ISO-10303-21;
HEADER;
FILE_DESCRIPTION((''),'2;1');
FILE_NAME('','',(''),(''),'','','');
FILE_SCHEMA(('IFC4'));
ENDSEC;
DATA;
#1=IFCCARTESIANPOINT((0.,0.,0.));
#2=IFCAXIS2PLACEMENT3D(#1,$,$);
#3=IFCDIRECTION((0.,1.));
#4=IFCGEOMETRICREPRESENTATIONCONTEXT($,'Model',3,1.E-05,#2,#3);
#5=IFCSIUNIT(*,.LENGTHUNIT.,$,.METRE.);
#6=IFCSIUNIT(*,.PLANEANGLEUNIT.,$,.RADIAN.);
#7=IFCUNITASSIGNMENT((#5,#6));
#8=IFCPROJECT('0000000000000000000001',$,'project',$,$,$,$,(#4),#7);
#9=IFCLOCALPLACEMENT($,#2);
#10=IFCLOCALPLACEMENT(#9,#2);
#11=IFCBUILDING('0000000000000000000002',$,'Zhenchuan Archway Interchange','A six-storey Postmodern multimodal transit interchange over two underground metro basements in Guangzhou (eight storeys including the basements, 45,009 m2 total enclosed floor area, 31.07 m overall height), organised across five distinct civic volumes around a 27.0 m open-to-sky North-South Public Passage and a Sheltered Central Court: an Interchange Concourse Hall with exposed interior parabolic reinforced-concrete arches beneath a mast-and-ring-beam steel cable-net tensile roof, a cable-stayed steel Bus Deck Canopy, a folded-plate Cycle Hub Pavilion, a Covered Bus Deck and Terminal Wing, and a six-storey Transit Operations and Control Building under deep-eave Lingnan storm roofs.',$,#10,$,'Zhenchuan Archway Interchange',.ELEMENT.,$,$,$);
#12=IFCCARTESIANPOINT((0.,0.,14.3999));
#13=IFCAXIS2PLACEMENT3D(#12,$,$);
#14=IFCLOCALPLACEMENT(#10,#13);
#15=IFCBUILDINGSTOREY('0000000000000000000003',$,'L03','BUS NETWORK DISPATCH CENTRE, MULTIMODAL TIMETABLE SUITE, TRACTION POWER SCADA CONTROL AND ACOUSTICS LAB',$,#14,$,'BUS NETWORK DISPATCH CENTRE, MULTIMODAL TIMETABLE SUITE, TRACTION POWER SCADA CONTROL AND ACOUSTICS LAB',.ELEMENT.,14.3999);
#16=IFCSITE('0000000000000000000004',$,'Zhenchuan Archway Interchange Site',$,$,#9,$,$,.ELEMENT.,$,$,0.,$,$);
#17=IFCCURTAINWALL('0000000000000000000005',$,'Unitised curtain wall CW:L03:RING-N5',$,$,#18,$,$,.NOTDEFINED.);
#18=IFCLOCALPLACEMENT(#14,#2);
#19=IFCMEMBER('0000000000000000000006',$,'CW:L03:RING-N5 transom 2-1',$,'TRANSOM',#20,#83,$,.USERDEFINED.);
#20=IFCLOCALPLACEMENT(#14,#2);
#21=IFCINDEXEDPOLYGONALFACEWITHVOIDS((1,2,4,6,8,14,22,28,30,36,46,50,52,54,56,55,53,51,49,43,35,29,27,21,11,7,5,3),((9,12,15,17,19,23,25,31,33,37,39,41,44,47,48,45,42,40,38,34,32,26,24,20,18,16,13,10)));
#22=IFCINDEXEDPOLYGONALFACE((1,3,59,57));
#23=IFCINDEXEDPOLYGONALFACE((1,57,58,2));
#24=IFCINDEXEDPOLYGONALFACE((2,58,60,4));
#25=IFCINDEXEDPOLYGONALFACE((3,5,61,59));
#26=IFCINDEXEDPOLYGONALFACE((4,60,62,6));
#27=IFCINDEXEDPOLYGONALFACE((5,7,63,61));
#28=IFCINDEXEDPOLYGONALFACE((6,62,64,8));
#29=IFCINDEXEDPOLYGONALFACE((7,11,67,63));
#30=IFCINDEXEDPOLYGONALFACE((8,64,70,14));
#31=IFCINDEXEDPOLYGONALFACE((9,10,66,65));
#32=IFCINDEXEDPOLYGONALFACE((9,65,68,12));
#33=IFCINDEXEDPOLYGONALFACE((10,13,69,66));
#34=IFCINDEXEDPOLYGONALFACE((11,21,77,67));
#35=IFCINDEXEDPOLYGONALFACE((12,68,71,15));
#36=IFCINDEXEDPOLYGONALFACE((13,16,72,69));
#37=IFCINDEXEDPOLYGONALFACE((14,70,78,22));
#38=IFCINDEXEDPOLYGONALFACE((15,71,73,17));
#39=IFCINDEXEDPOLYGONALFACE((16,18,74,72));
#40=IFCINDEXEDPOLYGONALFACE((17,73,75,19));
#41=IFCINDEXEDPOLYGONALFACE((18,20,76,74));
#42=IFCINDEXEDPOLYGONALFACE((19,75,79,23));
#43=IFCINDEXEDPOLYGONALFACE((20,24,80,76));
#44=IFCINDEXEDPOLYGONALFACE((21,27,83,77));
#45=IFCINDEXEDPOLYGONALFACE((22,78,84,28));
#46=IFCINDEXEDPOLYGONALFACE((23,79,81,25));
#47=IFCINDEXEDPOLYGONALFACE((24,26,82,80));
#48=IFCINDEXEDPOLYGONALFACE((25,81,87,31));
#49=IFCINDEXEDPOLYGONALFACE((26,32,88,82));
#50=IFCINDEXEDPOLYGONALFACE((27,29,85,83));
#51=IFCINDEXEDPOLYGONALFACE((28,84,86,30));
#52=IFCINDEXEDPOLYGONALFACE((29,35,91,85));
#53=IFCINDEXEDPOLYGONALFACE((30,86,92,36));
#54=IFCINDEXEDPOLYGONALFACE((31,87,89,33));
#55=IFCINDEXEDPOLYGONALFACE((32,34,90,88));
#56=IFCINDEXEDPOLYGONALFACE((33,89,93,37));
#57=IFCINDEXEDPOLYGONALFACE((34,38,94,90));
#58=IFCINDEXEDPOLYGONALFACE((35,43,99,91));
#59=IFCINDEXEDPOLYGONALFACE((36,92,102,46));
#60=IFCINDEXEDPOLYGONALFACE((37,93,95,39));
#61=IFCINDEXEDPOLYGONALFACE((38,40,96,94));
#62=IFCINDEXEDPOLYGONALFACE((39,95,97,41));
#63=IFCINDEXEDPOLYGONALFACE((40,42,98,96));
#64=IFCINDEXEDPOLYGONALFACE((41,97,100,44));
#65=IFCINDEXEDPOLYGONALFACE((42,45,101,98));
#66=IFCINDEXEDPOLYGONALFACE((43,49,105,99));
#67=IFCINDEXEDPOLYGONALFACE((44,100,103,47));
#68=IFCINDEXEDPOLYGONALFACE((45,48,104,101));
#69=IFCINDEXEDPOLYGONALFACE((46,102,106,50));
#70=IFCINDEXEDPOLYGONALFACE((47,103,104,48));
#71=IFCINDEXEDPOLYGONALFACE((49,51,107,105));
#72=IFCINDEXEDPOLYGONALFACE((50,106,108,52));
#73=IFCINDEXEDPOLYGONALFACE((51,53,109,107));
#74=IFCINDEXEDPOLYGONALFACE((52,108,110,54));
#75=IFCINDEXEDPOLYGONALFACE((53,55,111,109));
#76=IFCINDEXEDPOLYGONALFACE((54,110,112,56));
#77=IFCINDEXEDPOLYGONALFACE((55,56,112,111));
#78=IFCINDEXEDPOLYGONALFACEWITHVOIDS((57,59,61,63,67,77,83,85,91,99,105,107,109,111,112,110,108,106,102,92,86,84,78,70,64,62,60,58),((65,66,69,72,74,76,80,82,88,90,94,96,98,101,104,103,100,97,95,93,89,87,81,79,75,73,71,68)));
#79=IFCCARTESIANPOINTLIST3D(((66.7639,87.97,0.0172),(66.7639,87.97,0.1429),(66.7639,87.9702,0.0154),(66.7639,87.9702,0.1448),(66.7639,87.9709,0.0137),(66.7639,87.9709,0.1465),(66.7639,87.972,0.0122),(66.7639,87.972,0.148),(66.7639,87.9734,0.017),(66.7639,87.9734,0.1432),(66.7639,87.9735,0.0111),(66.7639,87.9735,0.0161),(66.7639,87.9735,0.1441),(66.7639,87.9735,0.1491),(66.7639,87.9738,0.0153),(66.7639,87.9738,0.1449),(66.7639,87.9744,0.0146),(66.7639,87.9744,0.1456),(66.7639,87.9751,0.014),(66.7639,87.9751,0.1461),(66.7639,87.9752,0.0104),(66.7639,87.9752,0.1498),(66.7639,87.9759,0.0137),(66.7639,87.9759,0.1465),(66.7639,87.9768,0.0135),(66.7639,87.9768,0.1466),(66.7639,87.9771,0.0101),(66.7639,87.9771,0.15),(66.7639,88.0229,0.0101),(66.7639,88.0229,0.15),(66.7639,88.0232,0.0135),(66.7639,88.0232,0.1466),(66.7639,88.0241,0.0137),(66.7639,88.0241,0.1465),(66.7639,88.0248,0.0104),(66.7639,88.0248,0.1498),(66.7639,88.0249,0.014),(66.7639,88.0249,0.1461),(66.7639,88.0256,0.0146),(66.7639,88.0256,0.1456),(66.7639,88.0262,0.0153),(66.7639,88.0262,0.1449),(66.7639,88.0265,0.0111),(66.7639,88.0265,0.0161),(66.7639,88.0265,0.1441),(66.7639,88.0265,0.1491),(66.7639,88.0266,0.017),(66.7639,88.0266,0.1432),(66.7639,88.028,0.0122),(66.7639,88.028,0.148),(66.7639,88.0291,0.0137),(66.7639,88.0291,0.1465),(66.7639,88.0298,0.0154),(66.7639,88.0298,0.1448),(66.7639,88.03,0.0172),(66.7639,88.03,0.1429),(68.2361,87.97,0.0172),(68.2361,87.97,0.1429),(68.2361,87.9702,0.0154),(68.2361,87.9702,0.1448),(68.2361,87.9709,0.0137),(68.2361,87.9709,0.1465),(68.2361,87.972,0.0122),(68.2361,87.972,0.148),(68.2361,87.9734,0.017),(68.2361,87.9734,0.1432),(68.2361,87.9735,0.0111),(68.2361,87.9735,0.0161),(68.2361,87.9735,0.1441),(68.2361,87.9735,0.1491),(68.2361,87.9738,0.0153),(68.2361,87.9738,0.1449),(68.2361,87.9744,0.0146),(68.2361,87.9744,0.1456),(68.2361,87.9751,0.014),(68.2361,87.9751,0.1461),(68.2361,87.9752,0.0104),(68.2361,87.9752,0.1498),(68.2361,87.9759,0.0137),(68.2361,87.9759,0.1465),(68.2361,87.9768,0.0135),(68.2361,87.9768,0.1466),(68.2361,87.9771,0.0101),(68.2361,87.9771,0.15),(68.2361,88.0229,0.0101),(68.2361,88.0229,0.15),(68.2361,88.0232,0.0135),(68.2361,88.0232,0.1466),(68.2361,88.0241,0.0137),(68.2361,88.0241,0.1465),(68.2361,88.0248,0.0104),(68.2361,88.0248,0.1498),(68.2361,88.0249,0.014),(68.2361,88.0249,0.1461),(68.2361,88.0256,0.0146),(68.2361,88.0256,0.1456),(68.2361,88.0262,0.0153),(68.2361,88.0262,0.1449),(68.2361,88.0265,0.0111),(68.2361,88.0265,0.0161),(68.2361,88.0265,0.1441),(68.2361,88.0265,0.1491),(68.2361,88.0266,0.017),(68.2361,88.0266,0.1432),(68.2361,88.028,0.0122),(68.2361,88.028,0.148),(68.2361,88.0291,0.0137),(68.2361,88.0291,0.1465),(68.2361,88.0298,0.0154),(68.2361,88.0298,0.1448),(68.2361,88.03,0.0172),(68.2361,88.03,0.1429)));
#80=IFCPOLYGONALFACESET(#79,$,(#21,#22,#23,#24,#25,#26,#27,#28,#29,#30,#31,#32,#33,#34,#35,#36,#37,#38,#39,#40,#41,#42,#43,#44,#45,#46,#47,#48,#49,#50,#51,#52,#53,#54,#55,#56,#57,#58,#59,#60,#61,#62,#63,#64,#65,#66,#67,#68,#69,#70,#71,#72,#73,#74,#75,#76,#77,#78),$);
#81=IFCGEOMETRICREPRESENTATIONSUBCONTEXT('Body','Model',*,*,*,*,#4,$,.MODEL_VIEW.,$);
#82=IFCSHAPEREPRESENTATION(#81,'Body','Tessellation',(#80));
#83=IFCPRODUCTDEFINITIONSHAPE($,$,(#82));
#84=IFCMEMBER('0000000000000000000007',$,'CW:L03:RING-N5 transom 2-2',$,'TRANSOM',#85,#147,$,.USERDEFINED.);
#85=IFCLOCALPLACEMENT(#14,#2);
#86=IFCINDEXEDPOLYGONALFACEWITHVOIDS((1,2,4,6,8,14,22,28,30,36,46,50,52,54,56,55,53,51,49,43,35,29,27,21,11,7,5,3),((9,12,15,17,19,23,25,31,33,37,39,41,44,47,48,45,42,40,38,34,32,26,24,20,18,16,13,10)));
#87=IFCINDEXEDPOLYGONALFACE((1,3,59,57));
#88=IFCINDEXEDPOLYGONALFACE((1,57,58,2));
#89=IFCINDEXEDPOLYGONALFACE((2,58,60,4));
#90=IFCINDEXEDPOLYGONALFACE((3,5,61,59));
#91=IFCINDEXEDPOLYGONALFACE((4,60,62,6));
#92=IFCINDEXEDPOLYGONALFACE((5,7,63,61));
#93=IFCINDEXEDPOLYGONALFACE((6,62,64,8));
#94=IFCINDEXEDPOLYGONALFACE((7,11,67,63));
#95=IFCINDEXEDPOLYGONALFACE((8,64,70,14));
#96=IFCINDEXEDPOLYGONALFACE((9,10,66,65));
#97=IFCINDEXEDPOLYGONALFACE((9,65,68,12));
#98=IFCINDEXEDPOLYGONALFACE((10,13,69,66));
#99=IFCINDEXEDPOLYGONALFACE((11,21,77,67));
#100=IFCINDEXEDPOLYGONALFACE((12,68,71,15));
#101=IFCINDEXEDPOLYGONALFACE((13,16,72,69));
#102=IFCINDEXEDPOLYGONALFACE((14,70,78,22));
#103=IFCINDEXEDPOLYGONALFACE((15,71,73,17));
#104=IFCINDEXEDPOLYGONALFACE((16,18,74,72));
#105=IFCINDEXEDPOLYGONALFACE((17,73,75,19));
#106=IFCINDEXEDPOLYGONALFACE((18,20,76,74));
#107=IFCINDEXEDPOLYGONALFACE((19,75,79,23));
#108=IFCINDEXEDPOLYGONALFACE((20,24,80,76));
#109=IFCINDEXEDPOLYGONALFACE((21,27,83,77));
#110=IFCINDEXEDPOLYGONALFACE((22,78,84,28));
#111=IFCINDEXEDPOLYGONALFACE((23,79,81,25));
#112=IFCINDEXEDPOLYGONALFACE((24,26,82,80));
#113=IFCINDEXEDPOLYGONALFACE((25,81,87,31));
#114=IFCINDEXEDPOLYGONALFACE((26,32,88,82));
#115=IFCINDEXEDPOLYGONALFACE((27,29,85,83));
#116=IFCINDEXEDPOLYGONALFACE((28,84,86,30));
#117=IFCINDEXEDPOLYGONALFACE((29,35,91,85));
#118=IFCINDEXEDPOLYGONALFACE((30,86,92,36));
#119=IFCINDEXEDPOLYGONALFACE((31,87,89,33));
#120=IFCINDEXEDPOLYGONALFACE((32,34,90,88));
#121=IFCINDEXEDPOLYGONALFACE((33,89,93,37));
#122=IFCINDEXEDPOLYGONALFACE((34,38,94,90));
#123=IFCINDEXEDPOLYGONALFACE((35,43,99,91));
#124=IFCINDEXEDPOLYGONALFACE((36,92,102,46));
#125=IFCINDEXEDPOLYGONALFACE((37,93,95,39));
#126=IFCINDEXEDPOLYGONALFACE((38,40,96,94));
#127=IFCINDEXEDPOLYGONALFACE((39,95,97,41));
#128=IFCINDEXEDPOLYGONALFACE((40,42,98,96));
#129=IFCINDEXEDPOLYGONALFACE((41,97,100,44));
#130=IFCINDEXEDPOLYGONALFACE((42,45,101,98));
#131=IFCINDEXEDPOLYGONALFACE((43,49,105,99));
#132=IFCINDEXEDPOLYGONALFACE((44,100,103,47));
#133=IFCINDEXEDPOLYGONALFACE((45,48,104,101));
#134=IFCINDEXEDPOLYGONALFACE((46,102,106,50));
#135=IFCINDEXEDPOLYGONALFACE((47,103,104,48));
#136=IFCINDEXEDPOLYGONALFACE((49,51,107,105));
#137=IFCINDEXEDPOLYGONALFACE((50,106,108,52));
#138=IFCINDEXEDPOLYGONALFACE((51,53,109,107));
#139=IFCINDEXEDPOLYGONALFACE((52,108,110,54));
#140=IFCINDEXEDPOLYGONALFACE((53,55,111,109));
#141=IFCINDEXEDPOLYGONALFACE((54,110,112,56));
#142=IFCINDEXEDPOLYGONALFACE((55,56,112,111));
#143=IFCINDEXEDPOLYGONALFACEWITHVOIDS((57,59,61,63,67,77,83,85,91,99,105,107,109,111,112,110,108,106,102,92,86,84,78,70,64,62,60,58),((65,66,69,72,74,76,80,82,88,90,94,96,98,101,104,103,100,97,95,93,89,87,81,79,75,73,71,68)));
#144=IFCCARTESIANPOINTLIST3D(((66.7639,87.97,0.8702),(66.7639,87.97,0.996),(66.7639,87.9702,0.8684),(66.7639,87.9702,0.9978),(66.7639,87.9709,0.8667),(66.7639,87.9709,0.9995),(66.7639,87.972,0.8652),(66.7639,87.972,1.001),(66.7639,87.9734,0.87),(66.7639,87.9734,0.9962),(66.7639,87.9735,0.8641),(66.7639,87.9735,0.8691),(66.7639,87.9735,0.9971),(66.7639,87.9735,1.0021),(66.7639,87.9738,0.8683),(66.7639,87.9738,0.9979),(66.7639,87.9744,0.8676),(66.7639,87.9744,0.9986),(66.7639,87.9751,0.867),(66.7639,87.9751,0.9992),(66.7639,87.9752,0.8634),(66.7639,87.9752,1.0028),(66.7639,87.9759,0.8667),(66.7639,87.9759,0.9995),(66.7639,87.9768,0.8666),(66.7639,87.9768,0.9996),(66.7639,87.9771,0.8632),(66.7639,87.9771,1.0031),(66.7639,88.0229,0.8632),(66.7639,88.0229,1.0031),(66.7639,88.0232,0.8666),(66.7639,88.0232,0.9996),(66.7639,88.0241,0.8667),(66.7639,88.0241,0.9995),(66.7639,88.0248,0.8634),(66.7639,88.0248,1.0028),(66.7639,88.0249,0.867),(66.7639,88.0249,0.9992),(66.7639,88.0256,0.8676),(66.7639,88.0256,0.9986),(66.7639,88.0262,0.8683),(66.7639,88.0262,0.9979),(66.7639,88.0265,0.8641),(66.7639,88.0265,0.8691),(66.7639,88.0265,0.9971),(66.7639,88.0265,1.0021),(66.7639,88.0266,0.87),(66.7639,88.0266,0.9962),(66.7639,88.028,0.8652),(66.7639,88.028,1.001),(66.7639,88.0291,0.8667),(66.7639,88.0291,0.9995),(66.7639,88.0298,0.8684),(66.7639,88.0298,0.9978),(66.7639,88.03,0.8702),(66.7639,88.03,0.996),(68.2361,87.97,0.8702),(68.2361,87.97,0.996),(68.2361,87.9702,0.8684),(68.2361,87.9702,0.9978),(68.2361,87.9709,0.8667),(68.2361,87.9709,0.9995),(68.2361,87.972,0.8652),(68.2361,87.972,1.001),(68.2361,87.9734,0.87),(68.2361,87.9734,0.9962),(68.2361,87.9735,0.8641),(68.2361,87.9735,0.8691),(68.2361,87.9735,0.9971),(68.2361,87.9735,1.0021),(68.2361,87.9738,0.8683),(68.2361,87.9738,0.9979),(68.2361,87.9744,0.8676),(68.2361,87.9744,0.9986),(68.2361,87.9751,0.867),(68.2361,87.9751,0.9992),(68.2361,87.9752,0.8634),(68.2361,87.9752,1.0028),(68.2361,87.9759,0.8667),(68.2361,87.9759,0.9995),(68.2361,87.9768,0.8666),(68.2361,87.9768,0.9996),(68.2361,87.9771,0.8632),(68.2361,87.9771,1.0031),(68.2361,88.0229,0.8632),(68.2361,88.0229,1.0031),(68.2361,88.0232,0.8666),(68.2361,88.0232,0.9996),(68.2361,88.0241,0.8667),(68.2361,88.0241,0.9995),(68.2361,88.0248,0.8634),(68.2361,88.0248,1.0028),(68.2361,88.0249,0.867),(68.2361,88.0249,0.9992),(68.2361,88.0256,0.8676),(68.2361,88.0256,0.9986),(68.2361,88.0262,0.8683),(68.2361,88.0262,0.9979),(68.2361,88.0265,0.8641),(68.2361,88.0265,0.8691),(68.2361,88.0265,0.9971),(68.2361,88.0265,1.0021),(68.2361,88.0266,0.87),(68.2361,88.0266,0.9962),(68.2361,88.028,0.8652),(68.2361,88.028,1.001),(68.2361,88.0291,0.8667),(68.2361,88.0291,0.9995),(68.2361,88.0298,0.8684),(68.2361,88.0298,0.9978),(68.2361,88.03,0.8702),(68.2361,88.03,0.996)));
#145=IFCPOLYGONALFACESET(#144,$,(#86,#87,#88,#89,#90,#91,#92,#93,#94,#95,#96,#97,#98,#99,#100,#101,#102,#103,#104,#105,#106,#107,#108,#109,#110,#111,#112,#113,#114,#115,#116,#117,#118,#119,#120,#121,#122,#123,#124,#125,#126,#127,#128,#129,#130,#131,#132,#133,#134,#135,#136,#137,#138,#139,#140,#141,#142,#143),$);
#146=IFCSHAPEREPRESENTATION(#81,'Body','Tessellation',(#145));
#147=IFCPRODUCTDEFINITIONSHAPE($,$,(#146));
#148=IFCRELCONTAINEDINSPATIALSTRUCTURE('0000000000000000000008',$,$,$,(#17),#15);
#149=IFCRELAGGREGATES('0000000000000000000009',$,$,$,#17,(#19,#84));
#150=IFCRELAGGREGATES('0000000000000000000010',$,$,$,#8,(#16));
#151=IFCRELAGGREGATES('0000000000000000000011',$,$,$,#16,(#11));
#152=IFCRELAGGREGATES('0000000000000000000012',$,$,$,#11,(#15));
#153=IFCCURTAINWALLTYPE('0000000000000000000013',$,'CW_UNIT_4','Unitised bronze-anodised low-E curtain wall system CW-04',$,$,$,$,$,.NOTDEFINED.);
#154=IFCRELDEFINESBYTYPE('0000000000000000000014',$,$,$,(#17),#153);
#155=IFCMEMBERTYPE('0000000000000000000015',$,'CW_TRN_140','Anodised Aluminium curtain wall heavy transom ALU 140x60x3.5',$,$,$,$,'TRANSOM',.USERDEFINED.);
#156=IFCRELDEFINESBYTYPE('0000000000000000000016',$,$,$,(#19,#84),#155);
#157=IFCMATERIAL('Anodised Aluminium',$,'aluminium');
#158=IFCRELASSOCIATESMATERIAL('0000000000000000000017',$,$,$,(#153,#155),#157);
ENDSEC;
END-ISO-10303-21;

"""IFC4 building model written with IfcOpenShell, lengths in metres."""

from ifc_helpers import new_model, si_unit, direction, frame, origin, origin_2d, place, context, subcontext, project, spatial, hollow_rectangle, extrude, material, material_profile, profile_set, type_object, element, aggregate, save


model = new_model("IFC4")

# Units and contexts
model_context = context("Model", 3, precision=1e-05, world=origin(), true_north=direction((0.0, 1.0)))
body_context = subcontext(model_context, "Body", "Model", "MODEL_VIEW")
ifc_project = project(units=[si_unit("LENGTHUNIT", "METRE"), si_unit("PLANEANGLEUNIT", "RADIAN")], contexts=[model_context])

# Site, building, storey
site_placement = place(None, origin())
site = spatial("IfcSite", under=ifc_project, at=site_placement, Name="Zhenchuan Archway Interchange Site", CompositionType="ELEMENT", RefElevation=0.0)
building_placement = place(site_placement, origin())
building = spatial("IfcBuilding", under=site, at=building_placement, Name="Zhenchuan Archway Interchange", Description="A six-storey Postmodern multimodal transit interchange over two underground metro basements in Guangzhou (eight storeys including the basements, 45,009 m2 total enclosed floor area, 31.07 m overall height), organised across five distinct civic volumes around a 27.0 m open-to-sky North-South Public Passage and a Sheltered Central Court: an Interchange Concourse Hall with exposed interior parabolic reinforced-concrete arches beneath a mast-and-ring-beam steel cable-net tensile roof, a cable-stayed steel Bus Deck Canopy, a folded-plate Cycle Hub Pavilion, a Covered Bus Deck and Terminal Wing, and a six-storey Transit Operations and Control Building under deep-eave Lingnan storm roofs.", LongName="Zhenchuan Archway Interchange", CompositionType="ELEMENT")
storey_placement = place(building_placement, frame((0.0, 0.0, 14.3999)))
storey = spatial("IfcBuildingStorey", under=building, at=storey_placement, Name="L03", Description="BUS NETWORK DISPATCH CENTRE, MULTIMODAL TIMETABLE SUITE, TRACTION POWER SCADA CONTROL AND ACOUSTICS LAB", LongName="BUS NETWORK DISPATCH CENTRE, MULTIMODAL TIMETABLE SUITE, TRACTION POWER SCADA CONTROL AND ACOUSTICS LAB", CompositionType="ELEMENT", Elevation=14.3999)

# Curtain wall
ifc_material_1 = material(Name="Anodised Aluminium", Category="aluminium")
curtain_wall_type_1 = type_object("IfcCurtainWallType", Name="CW_UNIT_4", Description="Unitised bronze-anodised low-E curtain wall system CW-04", PredefinedType="NOTDEFINED", material=ifc_material_1)
curtain_wall_1_placement = place(storey_placement, origin())
curtain_wall_1 = element("IfcCurtainWall", 1, at=curtain_wall_1_placement, inside=storey, type_object=curtain_wall_type_1, Name="Unitised curtain wall CW:L03:RING-N5", PredefinedType="NOTDEFINED")

# Members
ifc_material_profile_1 = material_profile(ifc_material_1, hollow_rectangle(XDim=0.0601, YDim=0.1399, WallThickness=0.0034, InnerFilletRadius=0.0034, OuterFilletRadius=0.0071, at=origin_2d()), Name="ALU 140x60x3.5")
ifc_profile_set_1 = profile_set([ifc_material_profile_1], Name="Anodised Aluminium")
member_type_1 = type_object("IfcMemberType", Name="CW_TRN_140", Description="Anodised Aluminium curtain wall heavy transom ALU 140x60x3.5", ElementType="TRANSOM", PredefinedType="USERDEFINED", material=ifc_profile_set_1)
member_1_placement = place(storey_placement, frame((66.7639, 88.0, 0.0801), z_axis=(1.0, 0.0, 0.0), x_axis=(0.0, 1.0, 0.0)))
member_1 = element("IfcMember", 2, at=member_1_placement, type_object=member_type_1, Name="CW:L03:RING-N5 transom 2-1", ObjectType="TRANSOM", PredefinedType="USERDEFINED", context=body_context, shape_type="SweptSolid", body=[
    extrude(hollow_rectangle(XDim=0.0601, YDim=0.1399, WallThickness=0.0034, InnerFilletRadius=0.0034, OuterFilletRadius=0.0071, at=origin_2d()), origin(), (0.0, 0.0, 1.0), 1.4722),
])
member_2_placement = place(storey_placement, frame((66.7639, 88.0, 0.9331), z_axis=(1.0, 0.0, 0.0), x_axis=(0.0, 1.0, 0.0)))
member_2 = element("IfcMember", 3, at=member_2_placement, type_object=member_type_1, Name="CW:L03:RING-N5 transom 2-2", ObjectType="TRANSOM", PredefinedType="USERDEFINED", context=body_context, shape_type="SweptSolid", body=[
    extrude(hollow_rectangle(XDim=0.0601, YDim=0.1399, WallThickness=0.0034, InnerFilletRadius=0.0034, OuterFilletRadius=0.0071, at=origin_2d()), origin(), (0.0, 0.0, 1.0), 1.4722),
])

aggregate(curtain_wall_1, [member_1, member_2])

save(model, "model.ifc")
